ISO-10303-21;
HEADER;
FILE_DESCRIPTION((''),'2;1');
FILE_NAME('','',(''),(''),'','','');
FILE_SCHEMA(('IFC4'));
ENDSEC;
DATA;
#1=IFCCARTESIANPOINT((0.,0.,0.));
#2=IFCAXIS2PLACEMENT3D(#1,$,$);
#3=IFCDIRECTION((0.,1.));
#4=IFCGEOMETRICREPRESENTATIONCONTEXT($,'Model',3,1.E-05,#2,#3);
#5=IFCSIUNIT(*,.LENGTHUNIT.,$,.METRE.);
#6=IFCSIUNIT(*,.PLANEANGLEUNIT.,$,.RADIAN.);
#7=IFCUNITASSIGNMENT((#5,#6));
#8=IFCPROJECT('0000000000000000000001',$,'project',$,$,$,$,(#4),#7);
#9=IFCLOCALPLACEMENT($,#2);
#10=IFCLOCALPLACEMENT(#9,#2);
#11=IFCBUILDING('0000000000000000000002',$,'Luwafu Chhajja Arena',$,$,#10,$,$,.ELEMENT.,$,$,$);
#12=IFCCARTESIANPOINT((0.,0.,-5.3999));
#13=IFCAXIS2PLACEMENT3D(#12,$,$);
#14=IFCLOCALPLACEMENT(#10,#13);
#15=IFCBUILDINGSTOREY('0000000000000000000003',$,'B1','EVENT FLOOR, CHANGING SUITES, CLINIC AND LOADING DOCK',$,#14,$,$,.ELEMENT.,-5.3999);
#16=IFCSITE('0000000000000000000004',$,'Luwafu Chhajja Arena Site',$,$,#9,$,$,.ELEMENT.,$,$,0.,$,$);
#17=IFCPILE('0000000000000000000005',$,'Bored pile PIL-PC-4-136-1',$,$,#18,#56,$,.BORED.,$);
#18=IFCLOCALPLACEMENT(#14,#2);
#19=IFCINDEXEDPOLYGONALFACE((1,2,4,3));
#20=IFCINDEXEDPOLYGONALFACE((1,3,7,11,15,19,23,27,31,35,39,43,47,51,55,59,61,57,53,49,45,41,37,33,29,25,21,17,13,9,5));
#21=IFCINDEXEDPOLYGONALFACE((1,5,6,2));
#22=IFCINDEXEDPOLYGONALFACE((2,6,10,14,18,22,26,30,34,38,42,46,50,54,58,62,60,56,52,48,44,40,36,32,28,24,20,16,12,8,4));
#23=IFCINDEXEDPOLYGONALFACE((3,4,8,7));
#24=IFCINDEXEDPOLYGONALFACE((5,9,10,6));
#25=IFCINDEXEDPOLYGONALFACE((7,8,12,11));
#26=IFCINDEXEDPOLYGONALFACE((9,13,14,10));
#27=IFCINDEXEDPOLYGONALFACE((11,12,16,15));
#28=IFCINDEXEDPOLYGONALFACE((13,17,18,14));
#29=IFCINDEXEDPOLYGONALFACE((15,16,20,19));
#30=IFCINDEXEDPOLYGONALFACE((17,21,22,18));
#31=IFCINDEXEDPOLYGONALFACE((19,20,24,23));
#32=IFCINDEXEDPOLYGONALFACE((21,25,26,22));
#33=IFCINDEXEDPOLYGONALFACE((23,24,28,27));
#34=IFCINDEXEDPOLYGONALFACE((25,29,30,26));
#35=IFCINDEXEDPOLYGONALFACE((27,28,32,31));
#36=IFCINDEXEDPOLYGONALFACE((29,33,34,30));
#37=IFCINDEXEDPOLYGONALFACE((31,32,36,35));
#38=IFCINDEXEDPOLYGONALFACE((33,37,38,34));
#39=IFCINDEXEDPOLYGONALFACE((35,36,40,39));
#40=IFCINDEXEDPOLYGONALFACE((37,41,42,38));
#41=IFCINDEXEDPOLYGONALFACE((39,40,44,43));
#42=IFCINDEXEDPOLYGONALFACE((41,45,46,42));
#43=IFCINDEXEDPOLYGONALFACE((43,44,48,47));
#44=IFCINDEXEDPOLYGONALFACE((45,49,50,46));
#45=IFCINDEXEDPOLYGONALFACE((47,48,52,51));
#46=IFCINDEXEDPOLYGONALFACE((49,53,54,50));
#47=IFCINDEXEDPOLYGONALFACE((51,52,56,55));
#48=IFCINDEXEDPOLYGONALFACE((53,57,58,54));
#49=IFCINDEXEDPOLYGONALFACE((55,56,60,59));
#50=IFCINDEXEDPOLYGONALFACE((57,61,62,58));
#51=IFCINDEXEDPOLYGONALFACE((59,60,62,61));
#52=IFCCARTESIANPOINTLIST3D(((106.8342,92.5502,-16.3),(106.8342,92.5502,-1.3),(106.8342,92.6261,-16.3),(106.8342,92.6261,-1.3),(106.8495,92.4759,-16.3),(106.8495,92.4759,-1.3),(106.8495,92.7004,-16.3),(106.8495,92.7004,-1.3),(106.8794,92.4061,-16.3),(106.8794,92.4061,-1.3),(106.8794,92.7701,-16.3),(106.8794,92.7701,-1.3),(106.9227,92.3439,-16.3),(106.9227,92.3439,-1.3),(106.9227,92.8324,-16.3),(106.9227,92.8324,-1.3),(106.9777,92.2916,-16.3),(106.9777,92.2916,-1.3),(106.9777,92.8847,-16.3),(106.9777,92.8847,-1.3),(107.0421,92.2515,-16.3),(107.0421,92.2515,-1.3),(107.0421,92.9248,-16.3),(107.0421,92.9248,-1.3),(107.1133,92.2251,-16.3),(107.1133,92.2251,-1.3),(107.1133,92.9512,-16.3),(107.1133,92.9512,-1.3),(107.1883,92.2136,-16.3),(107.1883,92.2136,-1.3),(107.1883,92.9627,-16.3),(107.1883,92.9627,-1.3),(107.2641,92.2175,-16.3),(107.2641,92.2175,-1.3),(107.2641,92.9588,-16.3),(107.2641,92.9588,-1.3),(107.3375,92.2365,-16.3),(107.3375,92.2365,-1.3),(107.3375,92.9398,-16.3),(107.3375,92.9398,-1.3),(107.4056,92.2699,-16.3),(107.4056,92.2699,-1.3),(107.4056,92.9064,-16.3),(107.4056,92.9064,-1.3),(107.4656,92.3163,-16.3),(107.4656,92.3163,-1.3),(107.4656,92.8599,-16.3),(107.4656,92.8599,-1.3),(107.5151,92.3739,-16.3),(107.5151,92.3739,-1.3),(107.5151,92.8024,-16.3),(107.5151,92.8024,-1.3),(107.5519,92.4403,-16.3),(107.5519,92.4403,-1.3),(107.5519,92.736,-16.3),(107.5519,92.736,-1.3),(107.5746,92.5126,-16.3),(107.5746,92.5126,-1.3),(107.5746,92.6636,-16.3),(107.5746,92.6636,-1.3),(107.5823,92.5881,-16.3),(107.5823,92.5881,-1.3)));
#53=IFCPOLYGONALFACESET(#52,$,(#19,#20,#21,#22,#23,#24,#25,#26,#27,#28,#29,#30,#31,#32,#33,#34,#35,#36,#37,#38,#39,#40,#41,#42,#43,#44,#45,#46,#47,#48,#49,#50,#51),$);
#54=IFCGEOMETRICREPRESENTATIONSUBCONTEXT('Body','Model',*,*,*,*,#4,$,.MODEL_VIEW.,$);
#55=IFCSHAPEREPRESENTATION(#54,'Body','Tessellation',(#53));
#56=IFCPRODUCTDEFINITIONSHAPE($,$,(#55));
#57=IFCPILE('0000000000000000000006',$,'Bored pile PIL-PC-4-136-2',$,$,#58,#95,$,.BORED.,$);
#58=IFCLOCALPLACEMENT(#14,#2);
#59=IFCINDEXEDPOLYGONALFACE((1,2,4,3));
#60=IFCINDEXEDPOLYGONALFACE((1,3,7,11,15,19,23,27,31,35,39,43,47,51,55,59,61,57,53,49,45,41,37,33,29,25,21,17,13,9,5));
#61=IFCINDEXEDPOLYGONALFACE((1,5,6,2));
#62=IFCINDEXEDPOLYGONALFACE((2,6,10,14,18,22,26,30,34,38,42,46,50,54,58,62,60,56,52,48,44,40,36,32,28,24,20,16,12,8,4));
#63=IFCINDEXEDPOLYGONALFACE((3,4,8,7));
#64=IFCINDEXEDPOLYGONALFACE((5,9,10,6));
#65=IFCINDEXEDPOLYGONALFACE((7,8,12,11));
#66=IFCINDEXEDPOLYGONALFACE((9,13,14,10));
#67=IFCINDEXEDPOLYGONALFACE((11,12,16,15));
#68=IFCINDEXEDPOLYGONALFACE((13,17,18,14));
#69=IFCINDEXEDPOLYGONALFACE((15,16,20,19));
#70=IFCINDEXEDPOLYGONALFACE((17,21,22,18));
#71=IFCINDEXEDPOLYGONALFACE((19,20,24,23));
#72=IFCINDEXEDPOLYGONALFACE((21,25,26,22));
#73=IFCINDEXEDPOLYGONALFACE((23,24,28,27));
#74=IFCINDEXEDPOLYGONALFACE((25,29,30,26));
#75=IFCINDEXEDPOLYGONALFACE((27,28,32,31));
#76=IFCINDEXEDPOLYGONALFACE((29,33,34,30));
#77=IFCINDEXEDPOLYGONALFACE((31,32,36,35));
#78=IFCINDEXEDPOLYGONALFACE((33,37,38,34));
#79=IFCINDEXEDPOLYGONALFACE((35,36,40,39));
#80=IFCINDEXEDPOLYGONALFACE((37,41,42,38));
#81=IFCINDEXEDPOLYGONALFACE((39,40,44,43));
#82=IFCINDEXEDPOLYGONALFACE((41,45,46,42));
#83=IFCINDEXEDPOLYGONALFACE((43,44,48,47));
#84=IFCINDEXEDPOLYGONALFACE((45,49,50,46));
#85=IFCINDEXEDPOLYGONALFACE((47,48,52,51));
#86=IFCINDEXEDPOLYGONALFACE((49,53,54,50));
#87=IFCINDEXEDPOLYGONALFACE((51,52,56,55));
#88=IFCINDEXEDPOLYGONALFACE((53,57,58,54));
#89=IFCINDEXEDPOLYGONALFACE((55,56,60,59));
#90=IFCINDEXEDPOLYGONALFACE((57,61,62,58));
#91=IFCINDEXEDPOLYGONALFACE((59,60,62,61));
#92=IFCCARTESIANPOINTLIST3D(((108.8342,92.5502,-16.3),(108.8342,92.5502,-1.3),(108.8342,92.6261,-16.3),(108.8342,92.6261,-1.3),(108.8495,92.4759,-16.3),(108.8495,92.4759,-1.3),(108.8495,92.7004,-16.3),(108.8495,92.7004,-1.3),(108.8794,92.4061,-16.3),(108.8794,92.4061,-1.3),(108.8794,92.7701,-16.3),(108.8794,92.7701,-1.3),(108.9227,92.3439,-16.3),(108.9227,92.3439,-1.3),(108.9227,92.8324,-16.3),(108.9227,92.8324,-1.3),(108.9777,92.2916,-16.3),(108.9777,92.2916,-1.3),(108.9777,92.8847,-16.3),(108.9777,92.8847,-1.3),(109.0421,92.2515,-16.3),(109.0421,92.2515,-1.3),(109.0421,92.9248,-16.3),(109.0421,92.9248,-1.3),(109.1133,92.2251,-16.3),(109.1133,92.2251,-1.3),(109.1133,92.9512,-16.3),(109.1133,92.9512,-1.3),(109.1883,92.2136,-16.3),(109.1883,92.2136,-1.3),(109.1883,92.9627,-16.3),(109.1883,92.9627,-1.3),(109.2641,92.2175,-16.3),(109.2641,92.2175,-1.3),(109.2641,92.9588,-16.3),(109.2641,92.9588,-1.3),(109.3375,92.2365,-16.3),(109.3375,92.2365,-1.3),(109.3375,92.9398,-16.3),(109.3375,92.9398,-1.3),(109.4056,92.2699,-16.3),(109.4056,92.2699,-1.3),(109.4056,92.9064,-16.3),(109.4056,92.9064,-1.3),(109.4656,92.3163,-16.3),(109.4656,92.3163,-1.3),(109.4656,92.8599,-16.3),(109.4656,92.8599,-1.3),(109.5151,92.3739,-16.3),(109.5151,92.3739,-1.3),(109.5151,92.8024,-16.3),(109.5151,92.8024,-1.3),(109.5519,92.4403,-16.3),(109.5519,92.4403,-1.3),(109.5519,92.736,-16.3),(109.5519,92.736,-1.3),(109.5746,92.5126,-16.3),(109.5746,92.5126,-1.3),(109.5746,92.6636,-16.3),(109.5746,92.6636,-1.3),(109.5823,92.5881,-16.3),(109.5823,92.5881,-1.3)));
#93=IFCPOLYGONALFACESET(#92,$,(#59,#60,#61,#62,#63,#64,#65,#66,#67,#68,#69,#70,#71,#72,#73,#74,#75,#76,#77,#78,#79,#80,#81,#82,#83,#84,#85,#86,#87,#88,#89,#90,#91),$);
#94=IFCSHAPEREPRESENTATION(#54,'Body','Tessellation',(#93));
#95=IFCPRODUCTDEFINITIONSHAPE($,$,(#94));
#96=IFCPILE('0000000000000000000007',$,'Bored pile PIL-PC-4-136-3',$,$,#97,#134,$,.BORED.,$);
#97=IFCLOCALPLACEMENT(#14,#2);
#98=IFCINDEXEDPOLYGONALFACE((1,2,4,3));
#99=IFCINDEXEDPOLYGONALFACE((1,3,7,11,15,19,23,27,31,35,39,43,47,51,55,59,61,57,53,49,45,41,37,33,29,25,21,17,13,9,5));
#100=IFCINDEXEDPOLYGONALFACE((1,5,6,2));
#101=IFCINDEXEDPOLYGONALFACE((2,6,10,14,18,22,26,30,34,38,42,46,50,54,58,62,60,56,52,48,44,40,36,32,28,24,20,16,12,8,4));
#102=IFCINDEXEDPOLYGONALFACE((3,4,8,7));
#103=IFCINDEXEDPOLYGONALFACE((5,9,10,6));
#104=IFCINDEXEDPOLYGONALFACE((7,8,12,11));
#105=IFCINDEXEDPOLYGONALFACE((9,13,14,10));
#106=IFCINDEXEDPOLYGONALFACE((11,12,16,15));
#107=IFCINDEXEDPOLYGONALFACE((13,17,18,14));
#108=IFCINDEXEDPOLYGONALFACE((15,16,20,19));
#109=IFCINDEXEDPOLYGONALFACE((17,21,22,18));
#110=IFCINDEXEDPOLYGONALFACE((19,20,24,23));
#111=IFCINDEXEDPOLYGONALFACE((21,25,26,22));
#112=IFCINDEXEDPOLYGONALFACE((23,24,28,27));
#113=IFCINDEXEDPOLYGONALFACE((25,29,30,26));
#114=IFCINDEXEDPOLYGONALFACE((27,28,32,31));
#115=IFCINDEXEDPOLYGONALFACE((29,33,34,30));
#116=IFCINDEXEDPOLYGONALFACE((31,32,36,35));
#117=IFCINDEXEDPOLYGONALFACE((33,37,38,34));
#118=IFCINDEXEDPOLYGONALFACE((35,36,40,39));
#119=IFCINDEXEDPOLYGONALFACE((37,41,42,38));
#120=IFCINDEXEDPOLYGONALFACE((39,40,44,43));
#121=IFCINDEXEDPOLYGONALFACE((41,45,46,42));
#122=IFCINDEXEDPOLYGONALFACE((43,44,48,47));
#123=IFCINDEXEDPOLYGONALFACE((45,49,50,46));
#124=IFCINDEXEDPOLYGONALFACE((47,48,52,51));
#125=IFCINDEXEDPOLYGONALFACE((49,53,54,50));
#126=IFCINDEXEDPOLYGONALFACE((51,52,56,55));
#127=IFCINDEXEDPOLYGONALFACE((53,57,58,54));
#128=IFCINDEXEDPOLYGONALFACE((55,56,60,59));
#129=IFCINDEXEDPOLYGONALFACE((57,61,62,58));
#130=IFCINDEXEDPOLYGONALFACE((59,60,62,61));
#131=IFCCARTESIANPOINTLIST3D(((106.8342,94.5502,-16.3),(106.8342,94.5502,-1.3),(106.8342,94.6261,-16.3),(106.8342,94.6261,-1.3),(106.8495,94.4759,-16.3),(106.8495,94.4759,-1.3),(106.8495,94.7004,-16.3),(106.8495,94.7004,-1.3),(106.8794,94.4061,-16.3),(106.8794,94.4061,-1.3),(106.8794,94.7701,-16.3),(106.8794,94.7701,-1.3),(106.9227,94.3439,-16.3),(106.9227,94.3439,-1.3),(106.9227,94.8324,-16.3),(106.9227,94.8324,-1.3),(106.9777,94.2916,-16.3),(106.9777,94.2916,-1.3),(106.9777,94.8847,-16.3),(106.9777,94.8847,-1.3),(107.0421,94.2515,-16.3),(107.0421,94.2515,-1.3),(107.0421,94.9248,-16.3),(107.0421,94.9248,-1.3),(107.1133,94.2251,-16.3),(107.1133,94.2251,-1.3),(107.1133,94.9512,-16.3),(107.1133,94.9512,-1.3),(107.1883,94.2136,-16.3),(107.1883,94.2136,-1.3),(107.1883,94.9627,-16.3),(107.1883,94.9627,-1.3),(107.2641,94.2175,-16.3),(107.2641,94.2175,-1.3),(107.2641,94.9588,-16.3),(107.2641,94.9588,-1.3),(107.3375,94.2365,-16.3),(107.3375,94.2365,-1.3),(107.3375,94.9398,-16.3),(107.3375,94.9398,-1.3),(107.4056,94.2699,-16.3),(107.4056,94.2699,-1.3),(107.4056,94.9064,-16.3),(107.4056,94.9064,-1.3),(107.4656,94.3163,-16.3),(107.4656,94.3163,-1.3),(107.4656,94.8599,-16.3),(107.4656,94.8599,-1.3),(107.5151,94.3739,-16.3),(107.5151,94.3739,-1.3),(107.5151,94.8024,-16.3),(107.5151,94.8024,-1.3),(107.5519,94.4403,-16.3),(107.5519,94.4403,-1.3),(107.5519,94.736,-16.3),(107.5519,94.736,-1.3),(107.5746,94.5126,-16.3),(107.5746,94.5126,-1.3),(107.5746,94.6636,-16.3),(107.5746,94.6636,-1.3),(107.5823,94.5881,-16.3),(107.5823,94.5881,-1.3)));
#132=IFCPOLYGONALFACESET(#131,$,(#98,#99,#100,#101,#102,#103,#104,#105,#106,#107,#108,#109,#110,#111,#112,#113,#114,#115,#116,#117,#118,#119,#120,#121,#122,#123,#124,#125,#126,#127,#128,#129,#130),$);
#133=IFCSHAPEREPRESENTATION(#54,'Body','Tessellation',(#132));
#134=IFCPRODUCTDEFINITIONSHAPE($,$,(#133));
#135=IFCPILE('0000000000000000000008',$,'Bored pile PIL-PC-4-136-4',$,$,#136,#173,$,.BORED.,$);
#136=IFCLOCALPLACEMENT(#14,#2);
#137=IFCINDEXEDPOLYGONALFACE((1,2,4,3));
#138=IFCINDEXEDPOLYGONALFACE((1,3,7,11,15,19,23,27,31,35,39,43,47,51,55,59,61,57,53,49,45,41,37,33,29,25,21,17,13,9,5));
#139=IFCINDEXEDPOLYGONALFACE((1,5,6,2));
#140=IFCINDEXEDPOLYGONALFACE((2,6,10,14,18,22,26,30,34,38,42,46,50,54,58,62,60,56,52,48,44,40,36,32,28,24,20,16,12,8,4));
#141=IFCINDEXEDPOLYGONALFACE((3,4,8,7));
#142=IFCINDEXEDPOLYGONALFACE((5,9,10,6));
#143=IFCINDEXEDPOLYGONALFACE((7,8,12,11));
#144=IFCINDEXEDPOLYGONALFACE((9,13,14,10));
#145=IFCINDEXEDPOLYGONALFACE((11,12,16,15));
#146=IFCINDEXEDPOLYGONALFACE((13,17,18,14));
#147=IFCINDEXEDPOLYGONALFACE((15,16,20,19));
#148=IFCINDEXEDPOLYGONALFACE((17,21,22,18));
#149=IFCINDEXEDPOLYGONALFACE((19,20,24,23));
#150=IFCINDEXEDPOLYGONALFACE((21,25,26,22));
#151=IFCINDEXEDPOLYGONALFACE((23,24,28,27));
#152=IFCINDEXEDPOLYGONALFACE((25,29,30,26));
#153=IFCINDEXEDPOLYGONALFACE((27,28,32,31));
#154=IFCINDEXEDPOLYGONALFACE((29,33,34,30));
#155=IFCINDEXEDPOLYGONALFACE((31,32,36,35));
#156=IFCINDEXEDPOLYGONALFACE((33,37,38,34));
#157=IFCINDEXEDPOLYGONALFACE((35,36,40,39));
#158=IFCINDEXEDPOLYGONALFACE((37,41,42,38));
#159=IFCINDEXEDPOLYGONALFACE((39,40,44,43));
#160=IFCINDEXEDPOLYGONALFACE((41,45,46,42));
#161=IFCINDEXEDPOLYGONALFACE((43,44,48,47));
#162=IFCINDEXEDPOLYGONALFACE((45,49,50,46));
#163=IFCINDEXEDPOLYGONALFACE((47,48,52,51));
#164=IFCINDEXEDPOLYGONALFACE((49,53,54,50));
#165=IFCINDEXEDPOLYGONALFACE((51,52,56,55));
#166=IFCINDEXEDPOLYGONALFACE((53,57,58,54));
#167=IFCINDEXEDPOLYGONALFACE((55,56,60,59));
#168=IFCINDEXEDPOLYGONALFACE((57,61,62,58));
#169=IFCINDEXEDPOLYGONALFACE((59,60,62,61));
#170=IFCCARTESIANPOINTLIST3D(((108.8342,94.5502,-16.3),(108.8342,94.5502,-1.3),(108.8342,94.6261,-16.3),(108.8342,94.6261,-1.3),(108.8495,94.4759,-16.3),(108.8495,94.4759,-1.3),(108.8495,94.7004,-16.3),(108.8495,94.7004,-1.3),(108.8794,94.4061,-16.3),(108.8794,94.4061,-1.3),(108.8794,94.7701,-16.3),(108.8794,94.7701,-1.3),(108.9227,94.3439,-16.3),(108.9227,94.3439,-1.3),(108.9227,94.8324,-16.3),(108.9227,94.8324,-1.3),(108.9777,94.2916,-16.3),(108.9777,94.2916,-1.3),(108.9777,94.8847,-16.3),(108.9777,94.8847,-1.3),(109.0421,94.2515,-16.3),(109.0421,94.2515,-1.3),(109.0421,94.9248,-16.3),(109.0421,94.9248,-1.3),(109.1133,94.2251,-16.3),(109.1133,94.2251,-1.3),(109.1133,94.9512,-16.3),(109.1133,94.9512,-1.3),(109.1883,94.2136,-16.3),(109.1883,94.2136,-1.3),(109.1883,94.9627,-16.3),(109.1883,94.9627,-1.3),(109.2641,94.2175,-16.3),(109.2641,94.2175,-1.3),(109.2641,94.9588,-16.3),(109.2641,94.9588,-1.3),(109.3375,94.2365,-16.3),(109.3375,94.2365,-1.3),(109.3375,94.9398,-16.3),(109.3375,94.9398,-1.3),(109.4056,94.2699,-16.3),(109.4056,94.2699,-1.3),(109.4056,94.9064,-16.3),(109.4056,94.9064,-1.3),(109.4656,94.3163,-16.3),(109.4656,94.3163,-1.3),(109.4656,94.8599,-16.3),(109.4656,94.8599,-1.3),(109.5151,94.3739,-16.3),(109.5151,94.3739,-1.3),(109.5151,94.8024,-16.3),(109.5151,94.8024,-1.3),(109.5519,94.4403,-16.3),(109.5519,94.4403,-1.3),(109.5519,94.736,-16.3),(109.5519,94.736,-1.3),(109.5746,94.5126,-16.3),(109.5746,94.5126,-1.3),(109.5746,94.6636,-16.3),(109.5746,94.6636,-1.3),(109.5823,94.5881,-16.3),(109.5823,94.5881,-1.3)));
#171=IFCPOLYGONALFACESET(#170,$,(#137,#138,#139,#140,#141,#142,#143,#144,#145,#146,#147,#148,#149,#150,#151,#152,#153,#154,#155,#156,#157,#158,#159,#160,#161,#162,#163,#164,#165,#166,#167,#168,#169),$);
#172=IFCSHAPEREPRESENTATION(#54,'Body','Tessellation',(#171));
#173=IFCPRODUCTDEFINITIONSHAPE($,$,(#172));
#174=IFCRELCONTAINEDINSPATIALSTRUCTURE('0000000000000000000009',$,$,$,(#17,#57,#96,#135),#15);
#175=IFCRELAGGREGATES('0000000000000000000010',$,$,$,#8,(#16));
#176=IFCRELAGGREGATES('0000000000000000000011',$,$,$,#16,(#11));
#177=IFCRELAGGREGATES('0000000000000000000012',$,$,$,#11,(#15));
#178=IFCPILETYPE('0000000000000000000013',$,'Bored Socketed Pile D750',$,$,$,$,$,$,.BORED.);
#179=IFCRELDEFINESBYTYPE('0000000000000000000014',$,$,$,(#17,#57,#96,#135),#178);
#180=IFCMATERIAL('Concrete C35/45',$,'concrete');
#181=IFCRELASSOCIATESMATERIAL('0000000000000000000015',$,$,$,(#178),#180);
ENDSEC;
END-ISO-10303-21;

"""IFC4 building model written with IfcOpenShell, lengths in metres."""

from ifc_helpers import new_model, si_unit, direction, frame, origin, origin_2d, place, context, subcontext, project, spatial, circle, extrude, material, material_profile, profile_set, type_object, element, save


model = new_model("IFC4")

# Units and contexts
model_context = context("Model", 3, precision=1e-05, world=origin(), true_north=direction((0.0, 1.0)))
body_context = subcontext(model_context, "Body", "Model", "MODEL_VIEW")
ifc_project = project(units=[si_unit("LENGTHUNIT", "METRE"), si_unit("PLANEANGLEUNIT", "RADIAN")], contexts=[model_context])

# Site, building, storey
site_placement = place(None, origin())
site = spatial("IfcSite", under=ifc_project, at=site_placement, Name="Luwafu Chhajja Arena Site", CompositionType="ELEMENT", RefElevation=0.0)
building_placement = place(site_placement, origin())
building = spatial("IfcBuilding", under=site, at=building_placement, Name="Luwafu Chhajja Arena", CompositionType="ELEMENT")
storey_placement = place(building_placement, frame((0.0, 0.0, -5.3999)))
storey = spatial("IfcBuildingStorey", under=building, at=storey_placement, Name="B1", Description="EVENT FLOOR, CHANGING SUITES, CLINIC AND LOADING DOCK", CompositionType="ELEMENT", Elevation=-5.3999)

# Shared definitions
ifc_material_1 = material(Name="Concrete C35/45", Category="concrete")

# Piles
ifc_material_profile_1 = material_profile(ifc_material_1, circle(Radius=0.375, at=origin_2d()), Name="PILE D750")
ifc_profile_set_1 = profile_set([ifc_material_profile_1], Name="Concrete C35/45")
pile_type_1 = type_object("IfcPileType", Name="Bored Socketed Pile D750", PredefinedType="BORED", material=ifc_profile_set_1)
for number, where, z_axis, x_axis, name in (
    (1, (107.2073, 92.5881, -1.3), (0.0, 0.0, -1.0), (1.0, 0.0, 0.0), "Bored pile PIL-PC-4-136-1"),
    (2, (109.2073, 92.5881, -1.3), (0.0, 0.0, -1.0), (1.0, 0.0, 0.0), "Bored pile PIL-PC-4-136-2"),
    (3, (107.2073, 94.5881, -1.3), (0.0, 0.0, -1.0), (1.0, 0.0, 0.0), "Bored pile PIL-PC-4-136-3"),
    (4, (109.2073, 94.5881, -1.3), (0.0, 0.0, -1.0), (1.0, 0.0, 0.0), "Bored pile PIL-PC-4-136-4"),
):
    element("IfcPile", number, at=place(storey_placement, frame(where, z_axis=z_axis, x_axis=x_axis)), inside=storey, type_object=pile_type_1, Name=name, PredefinedType="BORED", context=body_context, shape_type="SweptSolid", body=[
        extrude(circle(Radius=0.375, at=origin_2d()), origin(), (0.0, 0.0, 1.0), 15.0),
    ])

save(model, "model.ifc")
